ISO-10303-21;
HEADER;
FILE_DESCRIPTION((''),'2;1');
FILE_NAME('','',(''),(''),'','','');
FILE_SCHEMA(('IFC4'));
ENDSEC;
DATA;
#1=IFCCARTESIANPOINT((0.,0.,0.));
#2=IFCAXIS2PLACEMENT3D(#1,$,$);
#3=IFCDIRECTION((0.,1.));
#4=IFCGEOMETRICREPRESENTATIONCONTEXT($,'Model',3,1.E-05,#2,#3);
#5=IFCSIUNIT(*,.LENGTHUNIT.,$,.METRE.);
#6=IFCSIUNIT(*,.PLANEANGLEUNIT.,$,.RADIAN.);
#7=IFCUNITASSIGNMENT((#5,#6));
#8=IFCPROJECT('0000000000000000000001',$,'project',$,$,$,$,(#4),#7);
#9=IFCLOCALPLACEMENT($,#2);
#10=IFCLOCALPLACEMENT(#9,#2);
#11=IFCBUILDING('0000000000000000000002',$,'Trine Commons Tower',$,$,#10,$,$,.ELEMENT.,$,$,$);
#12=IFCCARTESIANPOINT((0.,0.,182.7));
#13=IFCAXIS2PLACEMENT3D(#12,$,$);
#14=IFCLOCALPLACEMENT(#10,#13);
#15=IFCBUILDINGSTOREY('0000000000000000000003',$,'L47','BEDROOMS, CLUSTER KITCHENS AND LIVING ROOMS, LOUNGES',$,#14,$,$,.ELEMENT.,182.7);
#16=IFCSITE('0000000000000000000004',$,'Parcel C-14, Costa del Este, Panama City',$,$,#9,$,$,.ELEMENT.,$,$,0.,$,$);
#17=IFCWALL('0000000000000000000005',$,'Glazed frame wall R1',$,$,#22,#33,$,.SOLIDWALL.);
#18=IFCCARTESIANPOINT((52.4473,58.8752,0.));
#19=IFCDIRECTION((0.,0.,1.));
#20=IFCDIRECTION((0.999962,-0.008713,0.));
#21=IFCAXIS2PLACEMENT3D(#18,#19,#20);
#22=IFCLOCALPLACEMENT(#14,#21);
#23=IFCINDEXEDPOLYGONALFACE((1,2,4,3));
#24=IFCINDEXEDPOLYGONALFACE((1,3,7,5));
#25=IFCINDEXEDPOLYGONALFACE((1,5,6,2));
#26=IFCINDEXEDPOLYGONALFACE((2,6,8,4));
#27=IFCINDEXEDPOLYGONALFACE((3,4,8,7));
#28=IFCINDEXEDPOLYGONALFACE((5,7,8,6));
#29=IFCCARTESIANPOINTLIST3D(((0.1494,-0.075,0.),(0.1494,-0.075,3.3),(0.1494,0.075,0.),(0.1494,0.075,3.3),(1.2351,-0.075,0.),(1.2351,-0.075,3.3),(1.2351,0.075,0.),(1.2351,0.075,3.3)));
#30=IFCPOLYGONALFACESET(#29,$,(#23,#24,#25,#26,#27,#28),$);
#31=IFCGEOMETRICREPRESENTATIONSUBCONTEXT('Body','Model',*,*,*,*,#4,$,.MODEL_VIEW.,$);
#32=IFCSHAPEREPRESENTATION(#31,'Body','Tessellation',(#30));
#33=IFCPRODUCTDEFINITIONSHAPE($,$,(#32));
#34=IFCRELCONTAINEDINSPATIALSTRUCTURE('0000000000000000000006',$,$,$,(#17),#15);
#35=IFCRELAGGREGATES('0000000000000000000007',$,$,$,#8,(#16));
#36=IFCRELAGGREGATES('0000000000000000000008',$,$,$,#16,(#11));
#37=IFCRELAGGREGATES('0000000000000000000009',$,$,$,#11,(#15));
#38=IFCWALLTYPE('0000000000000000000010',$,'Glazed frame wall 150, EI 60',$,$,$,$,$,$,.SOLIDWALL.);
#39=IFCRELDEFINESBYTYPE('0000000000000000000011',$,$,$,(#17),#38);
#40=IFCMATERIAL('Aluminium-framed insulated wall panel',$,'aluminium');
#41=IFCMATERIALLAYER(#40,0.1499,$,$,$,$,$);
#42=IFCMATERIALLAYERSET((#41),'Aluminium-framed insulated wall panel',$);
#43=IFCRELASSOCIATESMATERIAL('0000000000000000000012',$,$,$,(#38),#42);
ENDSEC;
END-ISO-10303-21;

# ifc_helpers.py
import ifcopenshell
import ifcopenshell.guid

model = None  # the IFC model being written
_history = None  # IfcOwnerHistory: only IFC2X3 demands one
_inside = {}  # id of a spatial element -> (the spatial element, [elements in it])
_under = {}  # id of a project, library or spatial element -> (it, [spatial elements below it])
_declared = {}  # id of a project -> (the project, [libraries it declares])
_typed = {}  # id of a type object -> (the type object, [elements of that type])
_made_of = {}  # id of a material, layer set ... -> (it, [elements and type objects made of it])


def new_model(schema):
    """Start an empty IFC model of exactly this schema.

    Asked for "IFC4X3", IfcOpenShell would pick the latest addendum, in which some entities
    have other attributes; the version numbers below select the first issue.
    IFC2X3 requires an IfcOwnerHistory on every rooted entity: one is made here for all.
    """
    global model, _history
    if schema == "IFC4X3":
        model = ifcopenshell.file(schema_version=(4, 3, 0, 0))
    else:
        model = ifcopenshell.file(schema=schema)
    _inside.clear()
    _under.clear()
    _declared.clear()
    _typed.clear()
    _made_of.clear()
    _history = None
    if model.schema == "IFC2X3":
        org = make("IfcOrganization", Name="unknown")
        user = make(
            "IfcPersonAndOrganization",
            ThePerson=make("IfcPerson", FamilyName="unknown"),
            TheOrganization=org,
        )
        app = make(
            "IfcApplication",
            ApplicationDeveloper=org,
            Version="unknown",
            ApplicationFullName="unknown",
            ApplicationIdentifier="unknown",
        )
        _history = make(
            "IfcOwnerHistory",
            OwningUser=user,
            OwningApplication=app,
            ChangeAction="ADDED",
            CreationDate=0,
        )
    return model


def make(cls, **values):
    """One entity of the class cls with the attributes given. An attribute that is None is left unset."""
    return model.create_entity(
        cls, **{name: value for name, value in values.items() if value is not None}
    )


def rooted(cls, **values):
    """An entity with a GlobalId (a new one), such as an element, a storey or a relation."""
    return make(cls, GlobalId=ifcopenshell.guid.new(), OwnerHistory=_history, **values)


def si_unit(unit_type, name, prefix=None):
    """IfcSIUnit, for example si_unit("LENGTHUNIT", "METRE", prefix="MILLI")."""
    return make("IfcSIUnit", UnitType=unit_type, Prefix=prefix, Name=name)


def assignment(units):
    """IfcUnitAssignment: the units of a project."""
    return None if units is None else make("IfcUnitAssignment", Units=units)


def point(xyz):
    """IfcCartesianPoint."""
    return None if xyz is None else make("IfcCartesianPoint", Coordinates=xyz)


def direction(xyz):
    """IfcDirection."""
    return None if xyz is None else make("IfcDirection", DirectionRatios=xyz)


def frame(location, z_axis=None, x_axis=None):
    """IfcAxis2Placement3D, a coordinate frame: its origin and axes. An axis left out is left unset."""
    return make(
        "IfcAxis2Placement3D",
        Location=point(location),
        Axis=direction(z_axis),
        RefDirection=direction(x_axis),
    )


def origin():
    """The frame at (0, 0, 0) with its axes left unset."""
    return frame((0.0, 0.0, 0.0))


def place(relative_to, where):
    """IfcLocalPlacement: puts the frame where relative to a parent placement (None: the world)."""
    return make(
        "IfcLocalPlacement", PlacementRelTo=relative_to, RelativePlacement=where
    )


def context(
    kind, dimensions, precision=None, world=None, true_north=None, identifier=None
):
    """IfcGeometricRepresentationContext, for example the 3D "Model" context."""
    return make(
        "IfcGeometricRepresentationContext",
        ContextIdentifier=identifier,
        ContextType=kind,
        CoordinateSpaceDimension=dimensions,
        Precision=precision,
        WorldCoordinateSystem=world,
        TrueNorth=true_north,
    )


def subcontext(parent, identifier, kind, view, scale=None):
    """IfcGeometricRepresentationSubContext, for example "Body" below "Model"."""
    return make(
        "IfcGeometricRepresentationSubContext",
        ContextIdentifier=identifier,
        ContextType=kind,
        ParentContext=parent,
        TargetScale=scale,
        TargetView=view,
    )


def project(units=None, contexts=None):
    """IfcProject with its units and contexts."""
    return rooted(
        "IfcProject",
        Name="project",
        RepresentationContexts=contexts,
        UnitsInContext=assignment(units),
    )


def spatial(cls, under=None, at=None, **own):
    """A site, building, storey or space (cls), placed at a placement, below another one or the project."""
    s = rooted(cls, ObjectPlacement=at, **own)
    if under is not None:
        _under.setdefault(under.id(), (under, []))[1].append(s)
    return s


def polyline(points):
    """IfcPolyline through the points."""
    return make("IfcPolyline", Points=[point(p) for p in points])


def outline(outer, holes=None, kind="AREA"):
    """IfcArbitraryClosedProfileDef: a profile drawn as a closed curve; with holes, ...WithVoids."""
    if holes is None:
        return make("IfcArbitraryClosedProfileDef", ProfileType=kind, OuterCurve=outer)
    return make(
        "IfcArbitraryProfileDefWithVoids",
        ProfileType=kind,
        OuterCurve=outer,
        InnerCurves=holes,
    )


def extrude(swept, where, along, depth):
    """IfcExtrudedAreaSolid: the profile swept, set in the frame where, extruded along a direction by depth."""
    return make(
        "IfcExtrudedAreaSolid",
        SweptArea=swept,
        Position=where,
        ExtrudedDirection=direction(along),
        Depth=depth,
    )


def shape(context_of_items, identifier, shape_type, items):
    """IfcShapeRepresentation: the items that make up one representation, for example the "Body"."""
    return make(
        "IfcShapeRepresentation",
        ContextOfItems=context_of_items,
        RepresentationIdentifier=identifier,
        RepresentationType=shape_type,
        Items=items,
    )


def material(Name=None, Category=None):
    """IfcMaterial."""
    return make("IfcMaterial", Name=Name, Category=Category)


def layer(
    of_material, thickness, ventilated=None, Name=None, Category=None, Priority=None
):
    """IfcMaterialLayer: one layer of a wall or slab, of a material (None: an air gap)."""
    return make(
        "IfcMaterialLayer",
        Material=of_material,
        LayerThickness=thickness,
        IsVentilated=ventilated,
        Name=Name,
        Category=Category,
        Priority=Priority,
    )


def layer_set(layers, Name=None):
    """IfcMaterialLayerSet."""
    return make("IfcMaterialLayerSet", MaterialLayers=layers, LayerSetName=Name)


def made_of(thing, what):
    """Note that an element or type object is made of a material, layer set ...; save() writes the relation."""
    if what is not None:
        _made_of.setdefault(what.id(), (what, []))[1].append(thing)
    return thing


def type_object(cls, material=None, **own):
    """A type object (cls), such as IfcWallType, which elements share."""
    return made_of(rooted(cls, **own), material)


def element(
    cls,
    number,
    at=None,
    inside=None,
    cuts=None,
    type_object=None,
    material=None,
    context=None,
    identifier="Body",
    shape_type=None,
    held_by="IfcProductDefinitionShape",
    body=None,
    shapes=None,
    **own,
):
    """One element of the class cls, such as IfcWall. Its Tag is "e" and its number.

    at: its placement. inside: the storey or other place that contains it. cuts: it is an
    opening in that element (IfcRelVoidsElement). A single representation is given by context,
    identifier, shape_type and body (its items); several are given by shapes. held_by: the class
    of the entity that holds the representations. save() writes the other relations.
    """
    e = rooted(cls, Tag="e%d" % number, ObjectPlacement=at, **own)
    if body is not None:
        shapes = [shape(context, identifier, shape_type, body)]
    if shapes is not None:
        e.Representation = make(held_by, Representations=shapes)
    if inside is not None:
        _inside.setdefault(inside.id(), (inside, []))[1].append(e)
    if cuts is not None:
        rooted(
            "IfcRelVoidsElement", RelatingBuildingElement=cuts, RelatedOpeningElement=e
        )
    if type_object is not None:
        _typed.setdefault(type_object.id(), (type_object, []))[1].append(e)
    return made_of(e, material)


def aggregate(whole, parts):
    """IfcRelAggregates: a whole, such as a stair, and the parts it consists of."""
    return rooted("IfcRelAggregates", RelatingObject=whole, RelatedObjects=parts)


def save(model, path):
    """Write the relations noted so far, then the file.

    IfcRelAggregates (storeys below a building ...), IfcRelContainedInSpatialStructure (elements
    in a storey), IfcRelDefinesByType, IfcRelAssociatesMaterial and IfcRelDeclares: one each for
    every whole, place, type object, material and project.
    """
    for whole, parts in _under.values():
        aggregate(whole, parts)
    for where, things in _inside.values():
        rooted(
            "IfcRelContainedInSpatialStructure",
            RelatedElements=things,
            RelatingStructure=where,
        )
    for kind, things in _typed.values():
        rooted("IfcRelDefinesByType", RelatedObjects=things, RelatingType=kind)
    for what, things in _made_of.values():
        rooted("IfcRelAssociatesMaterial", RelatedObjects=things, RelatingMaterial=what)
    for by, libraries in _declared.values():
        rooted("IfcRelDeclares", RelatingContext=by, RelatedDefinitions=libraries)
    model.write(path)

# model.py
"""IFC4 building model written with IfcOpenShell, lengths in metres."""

from ifc_helpers import new_model, si_unit, direction, frame, origin, place, context, subcontext, project, spatial, polyline, outline, extrude, material, layer, layer_set, type_object, element, save


model = new_model("IFC4")

# Units and contexts
model_context = context("Model", 3, precision=1e-05, world=origin(), true_north=direction((0.0, 1.0)))
body_context = subcontext(model_context, "Body", "Model", "MODEL_VIEW")
ifc_project = project(units=[si_unit("LENGTHUNIT", "METRE"), si_unit("PLANEANGLEUNIT", "RADIAN")], contexts=[model_context])

# Site, building, storey
site_placement = place(None, origin())
site = spatial("IfcSite", under=ifc_project, at=site_placement, Name="Parcel C-14, Costa del Este, Panama City", CompositionType="ELEMENT", RefElevation=0.0)
building_placement = place(site_placement, origin())
building = spatial("IfcBuilding", under=site, at=building_placement, Name="Trine Commons Tower", CompositionType="ELEMENT")
storey_placement = place(building_placement, frame((0.0, 0.0, 182.7)))
storey = spatial("IfcBuildingStorey", under=building, at=storey_placement, Name="L47", Description="BEDROOMS, CLUSTER KITCHENS AND LIVING ROOMS, LOUNGES", CompositionType="ELEMENT", Elevation=182.7)

# Wall
ifc_material_1 = material(Name="Aluminium-framed insulated wall panel", Category="aluminium")
ifc_layer_1 = layer(ifc_material_1, 0.1499)
ifc_layer_set_1 = layer_set([ifc_layer_1], Name="Aluminium-framed insulated wall panel")
wall_type = type_object("IfcWallType", Name="Glazed frame wall 150, EI 60", PredefinedType="SOLIDWALL", material=ifc_layer_set_1)
wall_placement = place(storey_placement, frame((52.4473, 58.8752, 0.0), z_axis=(0.0, 0.0, 1.0), x_axis=(0.999962, -0.008713, 0.0)))
element("IfcWall", 1, at=wall_placement, inside=storey, type_object=wall_type, Name="Glazed frame wall R1", PredefinedType="SOLIDWALL", context=body_context, shape_type="SweptSolid", body=[
    extrude(outline(polyline([(0.1494, 0.075), (0.1494, -0.075), (1.2351, -0.075), (1.2351, 0.075), (0.1494, 0.075)])), origin(), (0.0, 0.0, 1.0), 3.3),
])

save(model, "model.ifc")
